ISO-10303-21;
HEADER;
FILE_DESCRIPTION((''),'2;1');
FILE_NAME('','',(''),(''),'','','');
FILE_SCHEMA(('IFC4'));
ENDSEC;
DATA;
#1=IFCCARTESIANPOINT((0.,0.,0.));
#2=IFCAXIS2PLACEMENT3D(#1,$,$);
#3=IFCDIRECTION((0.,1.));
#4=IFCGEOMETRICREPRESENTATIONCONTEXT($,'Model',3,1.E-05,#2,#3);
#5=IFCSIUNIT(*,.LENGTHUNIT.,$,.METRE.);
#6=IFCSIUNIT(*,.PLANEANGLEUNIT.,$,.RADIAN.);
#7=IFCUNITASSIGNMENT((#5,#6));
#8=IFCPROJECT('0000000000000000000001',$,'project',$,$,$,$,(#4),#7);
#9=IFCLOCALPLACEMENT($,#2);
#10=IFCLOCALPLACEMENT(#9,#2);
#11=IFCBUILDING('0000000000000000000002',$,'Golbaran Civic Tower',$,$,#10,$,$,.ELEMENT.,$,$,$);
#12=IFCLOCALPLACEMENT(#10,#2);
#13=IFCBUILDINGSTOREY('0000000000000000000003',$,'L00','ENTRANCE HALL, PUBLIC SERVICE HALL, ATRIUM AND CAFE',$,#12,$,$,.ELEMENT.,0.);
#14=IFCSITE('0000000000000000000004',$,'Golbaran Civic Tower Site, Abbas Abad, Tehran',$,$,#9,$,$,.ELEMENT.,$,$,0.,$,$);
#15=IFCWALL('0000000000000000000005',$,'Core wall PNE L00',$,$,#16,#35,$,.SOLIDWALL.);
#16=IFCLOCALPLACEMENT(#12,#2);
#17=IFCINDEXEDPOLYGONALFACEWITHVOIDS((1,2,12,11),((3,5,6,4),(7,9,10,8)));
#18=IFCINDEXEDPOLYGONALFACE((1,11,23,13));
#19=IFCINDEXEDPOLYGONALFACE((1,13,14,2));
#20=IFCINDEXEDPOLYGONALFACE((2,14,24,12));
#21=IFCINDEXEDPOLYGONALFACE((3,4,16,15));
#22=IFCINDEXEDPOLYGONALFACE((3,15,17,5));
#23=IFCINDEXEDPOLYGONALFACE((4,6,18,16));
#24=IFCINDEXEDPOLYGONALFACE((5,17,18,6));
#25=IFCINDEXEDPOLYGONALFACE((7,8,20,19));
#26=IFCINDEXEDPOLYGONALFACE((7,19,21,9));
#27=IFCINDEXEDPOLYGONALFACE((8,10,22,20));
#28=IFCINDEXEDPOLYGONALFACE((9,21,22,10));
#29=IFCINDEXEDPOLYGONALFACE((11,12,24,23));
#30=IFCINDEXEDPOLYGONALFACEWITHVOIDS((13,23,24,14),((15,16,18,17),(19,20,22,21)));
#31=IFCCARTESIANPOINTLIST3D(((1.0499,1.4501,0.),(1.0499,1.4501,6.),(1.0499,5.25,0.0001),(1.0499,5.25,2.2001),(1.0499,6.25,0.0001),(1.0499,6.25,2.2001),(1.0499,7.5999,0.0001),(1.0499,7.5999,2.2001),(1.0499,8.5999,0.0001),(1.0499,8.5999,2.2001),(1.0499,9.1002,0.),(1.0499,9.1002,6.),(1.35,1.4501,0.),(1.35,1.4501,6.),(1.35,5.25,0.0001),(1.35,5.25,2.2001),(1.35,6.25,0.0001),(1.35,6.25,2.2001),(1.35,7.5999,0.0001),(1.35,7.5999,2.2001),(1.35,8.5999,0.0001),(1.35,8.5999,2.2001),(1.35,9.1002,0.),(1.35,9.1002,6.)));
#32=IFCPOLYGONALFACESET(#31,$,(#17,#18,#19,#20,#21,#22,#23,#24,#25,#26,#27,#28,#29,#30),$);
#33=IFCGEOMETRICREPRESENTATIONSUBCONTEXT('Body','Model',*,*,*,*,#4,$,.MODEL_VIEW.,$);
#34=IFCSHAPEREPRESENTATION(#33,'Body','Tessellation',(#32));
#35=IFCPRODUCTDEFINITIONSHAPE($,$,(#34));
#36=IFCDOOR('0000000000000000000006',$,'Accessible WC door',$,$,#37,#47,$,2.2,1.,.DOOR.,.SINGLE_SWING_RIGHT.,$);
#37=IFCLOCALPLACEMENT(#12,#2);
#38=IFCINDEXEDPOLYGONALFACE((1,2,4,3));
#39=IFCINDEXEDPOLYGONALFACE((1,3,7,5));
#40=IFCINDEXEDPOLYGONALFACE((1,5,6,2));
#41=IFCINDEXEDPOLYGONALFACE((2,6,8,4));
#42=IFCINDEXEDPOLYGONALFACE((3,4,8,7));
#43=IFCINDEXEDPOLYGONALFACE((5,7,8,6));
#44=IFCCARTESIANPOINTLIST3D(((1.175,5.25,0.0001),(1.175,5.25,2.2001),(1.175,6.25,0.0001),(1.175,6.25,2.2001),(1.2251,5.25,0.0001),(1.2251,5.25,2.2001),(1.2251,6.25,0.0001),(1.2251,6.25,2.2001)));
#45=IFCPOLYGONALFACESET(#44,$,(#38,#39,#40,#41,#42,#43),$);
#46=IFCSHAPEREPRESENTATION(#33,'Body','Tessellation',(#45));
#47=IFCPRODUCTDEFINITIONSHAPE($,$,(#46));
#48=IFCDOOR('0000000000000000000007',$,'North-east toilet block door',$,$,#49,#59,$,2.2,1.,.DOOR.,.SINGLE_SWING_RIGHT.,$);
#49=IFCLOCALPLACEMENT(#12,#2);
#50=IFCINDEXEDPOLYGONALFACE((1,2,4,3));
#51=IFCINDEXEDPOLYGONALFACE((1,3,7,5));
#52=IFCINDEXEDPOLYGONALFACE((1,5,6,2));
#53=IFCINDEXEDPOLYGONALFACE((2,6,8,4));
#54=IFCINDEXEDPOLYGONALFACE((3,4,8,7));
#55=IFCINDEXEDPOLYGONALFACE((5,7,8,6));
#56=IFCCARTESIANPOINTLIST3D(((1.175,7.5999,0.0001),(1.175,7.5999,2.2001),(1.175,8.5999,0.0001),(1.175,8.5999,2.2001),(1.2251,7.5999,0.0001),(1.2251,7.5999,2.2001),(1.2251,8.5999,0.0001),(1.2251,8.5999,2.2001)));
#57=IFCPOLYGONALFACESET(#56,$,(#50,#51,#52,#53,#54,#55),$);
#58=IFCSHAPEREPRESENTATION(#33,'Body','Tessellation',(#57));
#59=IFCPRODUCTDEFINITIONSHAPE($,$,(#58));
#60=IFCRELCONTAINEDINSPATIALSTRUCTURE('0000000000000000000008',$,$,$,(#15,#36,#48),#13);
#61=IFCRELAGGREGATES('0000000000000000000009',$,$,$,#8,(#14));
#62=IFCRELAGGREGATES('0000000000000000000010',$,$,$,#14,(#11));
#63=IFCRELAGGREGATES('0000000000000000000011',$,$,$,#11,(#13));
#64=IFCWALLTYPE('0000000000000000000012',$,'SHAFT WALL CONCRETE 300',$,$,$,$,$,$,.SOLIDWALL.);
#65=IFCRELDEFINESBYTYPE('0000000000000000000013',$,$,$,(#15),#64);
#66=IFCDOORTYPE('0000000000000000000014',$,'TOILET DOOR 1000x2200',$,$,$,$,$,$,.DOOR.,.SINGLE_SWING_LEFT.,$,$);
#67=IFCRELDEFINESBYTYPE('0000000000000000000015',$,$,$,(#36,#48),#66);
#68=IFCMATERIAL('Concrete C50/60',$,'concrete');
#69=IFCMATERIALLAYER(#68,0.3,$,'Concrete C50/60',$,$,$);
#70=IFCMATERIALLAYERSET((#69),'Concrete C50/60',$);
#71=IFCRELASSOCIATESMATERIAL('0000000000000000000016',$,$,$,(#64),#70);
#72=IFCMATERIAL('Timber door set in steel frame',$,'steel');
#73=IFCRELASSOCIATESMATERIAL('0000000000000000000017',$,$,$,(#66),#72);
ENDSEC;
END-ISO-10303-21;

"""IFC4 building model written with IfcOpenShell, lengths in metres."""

from ifc_helpers import new_model, si_unit, direction, frame, frame_2d, origin, place, context, subcontext, project, spatial, rectangle, extrude, material, layer, layer_set, type_object, element, fill, save


model = new_model("IFC4")

# Units and contexts
model_context = context("Model", 3, precision=1e-05, world=origin(), true_north=direction((0.0, 1.0)))
body_context = subcontext(model_context, "Body", "Model", "MODEL_VIEW")
ifc_project = project(units=[si_unit("LENGTHUNIT", "METRE"), si_unit("PLANEANGLEUNIT", "RADIAN")], contexts=[model_context])

# Site, building, storey
site_placement = place(None, origin())
site = spatial("IfcSite", under=ifc_project, at=site_placement, Name="Golbaran Civic Tower Site, Abbas Abad, Tehran", CompositionType="ELEMENT", RefElevation=0.0)
building_placement = place(site_placement, origin())
building = spatial("IfcBuilding", under=site, at=building_placement, Name="Golbaran Civic Tower", CompositionType="ELEMENT")
storey_placement = place(building_placement, origin())
storey = spatial("IfcBuildingStorey", under=building, at=storey_placement, Name="L00", Description="ENTRANCE HALL, PUBLIC SERVICE HALL, ATRIUM AND CAFE", CompositionType="ELEMENT", Elevation=0.0)

# Wall, openings, doors
ifc_material_1 = material(Name="Concrete C50/60", Category="concrete")
ifc_layer_1 = layer(ifc_material_1, 0.3, Name="Concrete C50/60")
ifc_layer_set_1 = layer_set([ifc_layer_1], Name="Concrete C50/60")
wall_type_1 = type_object("IfcWallType", Name="SHAFT WALL CONCRETE 300", PredefinedType="SOLIDWALL", material=ifc_layer_set_1)
wall_1_placement = place(storey_placement, frame((1.2, 1.45, 0.0), z_axis=(0.0, 0.0, 1.0), x_axis=(0.0, 1.0, 0.0)))
wall_1 = element("IfcWall", 1, at=wall_1_placement, inside=storey, type_object=wall_type_1, Name="Core wall PNE L00", PredefinedType="SOLIDWALL", context=body_context, shape_type="SweptSolid", body=[
    extrude(rectangle(XDim=7.6501, YDim=0.3, at=frame_2d((3.8252, 0.0))), origin(), (0.0, 0.0, 1.0), 6.0),
])
opening_1_placement = place(wall_1_placement, frame((3.8, 0.0, 0.0)))
opening_1 = element("IfcOpeningElement", 2, at=opening_1_placement, cuts=wall_1, PredefinedType="OPENING", context=body_context, shape_type="SweptSolid", body=[
    extrude(rectangle(XDim=1.0, YDim=2.2, at=frame_2d((0.5, 1.1001))), frame((0.0, 0.1599, 0.0), z_axis=(0.0, -1.0, 0.0), x_axis=(1.0, 0.0, 0.0)), (0.0, 0.0, 1.0), 0.3201),
])
opening_2_placement = place(wall_1_placement, frame((6.1499, 0.0, 0.0)))
opening_2 = element("IfcOpeningElement", 3, at=opening_2_placement, cuts=wall_1, PredefinedType="OPENING", context=body_context, shape_type="SweptSolid", body=[
    extrude(rectangle(XDim=1.0, YDim=2.2, at=frame_2d((0.5, 1.1001))), frame((0.0, 0.1599, 0.0), z_axis=(0.0, -1.0, 0.0), x_axis=(1.0, 0.0, 0.0)), (0.0, 0.0, 1.0), 0.3201),
])
ifc_material_2 = material(Name="Timber door set in steel frame", Category="steel")
door_type_1 = type_object("IfcDoorType", Name="TOILET DOOR 1000x2200", OperationType="SINGLE_SWING_LEFT", PredefinedType="DOOR", material=ifc_material_2)
door_1_placement = place(opening_1_placement, origin())
door_1 = element("IfcDoor", 4, at=door_1_placement, inside=storey, type_object=door_type_1, Name="Accessible WC door", OperationType="SINGLE_SWING_RIGHT", OverallHeight=2.2, OverallWidth=1.0, PredefinedType="DOOR", context=body_context, shape_type="SweptSolid", body=[
    extrude(rectangle(XDim=1.0, YDim=2.2, at=frame_2d((0.5, 1.1001))), frame((0.0, 0.0249, 0.0), z_axis=(0.0, -1.0, 0.0), x_axis=(1.0, 0.0, 0.0)), (0.0, 0.0, 1.0), 0.05),
])
fill(opening_1, door_1)
door_2_placement = place(opening_2_placement, origin())
door_2 = element("IfcDoor", 5, at=door_2_placement, inside=storey, type_object=door_type_1, Name="North-east toilet block door", OperationType="SINGLE_SWING_RIGHT", OverallHeight=2.2, OverallWidth=1.0, PredefinedType="DOOR", context=body_context, shape_type="SweptSolid", body=[
    extrude(rectangle(XDim=1.0, YDim=2.2, at=frame_2d((0.5, 1.1001))), frame((0.0, 0.0249, 0.0), z_axis=(0.0, -1.0, 0.0), x_axis=(1.0, 0.0, 0.0)), (0.0, 0.0, 1.0), 0.05),
])
fill(opening_2, door_2)

save(model, "model.ifc")
